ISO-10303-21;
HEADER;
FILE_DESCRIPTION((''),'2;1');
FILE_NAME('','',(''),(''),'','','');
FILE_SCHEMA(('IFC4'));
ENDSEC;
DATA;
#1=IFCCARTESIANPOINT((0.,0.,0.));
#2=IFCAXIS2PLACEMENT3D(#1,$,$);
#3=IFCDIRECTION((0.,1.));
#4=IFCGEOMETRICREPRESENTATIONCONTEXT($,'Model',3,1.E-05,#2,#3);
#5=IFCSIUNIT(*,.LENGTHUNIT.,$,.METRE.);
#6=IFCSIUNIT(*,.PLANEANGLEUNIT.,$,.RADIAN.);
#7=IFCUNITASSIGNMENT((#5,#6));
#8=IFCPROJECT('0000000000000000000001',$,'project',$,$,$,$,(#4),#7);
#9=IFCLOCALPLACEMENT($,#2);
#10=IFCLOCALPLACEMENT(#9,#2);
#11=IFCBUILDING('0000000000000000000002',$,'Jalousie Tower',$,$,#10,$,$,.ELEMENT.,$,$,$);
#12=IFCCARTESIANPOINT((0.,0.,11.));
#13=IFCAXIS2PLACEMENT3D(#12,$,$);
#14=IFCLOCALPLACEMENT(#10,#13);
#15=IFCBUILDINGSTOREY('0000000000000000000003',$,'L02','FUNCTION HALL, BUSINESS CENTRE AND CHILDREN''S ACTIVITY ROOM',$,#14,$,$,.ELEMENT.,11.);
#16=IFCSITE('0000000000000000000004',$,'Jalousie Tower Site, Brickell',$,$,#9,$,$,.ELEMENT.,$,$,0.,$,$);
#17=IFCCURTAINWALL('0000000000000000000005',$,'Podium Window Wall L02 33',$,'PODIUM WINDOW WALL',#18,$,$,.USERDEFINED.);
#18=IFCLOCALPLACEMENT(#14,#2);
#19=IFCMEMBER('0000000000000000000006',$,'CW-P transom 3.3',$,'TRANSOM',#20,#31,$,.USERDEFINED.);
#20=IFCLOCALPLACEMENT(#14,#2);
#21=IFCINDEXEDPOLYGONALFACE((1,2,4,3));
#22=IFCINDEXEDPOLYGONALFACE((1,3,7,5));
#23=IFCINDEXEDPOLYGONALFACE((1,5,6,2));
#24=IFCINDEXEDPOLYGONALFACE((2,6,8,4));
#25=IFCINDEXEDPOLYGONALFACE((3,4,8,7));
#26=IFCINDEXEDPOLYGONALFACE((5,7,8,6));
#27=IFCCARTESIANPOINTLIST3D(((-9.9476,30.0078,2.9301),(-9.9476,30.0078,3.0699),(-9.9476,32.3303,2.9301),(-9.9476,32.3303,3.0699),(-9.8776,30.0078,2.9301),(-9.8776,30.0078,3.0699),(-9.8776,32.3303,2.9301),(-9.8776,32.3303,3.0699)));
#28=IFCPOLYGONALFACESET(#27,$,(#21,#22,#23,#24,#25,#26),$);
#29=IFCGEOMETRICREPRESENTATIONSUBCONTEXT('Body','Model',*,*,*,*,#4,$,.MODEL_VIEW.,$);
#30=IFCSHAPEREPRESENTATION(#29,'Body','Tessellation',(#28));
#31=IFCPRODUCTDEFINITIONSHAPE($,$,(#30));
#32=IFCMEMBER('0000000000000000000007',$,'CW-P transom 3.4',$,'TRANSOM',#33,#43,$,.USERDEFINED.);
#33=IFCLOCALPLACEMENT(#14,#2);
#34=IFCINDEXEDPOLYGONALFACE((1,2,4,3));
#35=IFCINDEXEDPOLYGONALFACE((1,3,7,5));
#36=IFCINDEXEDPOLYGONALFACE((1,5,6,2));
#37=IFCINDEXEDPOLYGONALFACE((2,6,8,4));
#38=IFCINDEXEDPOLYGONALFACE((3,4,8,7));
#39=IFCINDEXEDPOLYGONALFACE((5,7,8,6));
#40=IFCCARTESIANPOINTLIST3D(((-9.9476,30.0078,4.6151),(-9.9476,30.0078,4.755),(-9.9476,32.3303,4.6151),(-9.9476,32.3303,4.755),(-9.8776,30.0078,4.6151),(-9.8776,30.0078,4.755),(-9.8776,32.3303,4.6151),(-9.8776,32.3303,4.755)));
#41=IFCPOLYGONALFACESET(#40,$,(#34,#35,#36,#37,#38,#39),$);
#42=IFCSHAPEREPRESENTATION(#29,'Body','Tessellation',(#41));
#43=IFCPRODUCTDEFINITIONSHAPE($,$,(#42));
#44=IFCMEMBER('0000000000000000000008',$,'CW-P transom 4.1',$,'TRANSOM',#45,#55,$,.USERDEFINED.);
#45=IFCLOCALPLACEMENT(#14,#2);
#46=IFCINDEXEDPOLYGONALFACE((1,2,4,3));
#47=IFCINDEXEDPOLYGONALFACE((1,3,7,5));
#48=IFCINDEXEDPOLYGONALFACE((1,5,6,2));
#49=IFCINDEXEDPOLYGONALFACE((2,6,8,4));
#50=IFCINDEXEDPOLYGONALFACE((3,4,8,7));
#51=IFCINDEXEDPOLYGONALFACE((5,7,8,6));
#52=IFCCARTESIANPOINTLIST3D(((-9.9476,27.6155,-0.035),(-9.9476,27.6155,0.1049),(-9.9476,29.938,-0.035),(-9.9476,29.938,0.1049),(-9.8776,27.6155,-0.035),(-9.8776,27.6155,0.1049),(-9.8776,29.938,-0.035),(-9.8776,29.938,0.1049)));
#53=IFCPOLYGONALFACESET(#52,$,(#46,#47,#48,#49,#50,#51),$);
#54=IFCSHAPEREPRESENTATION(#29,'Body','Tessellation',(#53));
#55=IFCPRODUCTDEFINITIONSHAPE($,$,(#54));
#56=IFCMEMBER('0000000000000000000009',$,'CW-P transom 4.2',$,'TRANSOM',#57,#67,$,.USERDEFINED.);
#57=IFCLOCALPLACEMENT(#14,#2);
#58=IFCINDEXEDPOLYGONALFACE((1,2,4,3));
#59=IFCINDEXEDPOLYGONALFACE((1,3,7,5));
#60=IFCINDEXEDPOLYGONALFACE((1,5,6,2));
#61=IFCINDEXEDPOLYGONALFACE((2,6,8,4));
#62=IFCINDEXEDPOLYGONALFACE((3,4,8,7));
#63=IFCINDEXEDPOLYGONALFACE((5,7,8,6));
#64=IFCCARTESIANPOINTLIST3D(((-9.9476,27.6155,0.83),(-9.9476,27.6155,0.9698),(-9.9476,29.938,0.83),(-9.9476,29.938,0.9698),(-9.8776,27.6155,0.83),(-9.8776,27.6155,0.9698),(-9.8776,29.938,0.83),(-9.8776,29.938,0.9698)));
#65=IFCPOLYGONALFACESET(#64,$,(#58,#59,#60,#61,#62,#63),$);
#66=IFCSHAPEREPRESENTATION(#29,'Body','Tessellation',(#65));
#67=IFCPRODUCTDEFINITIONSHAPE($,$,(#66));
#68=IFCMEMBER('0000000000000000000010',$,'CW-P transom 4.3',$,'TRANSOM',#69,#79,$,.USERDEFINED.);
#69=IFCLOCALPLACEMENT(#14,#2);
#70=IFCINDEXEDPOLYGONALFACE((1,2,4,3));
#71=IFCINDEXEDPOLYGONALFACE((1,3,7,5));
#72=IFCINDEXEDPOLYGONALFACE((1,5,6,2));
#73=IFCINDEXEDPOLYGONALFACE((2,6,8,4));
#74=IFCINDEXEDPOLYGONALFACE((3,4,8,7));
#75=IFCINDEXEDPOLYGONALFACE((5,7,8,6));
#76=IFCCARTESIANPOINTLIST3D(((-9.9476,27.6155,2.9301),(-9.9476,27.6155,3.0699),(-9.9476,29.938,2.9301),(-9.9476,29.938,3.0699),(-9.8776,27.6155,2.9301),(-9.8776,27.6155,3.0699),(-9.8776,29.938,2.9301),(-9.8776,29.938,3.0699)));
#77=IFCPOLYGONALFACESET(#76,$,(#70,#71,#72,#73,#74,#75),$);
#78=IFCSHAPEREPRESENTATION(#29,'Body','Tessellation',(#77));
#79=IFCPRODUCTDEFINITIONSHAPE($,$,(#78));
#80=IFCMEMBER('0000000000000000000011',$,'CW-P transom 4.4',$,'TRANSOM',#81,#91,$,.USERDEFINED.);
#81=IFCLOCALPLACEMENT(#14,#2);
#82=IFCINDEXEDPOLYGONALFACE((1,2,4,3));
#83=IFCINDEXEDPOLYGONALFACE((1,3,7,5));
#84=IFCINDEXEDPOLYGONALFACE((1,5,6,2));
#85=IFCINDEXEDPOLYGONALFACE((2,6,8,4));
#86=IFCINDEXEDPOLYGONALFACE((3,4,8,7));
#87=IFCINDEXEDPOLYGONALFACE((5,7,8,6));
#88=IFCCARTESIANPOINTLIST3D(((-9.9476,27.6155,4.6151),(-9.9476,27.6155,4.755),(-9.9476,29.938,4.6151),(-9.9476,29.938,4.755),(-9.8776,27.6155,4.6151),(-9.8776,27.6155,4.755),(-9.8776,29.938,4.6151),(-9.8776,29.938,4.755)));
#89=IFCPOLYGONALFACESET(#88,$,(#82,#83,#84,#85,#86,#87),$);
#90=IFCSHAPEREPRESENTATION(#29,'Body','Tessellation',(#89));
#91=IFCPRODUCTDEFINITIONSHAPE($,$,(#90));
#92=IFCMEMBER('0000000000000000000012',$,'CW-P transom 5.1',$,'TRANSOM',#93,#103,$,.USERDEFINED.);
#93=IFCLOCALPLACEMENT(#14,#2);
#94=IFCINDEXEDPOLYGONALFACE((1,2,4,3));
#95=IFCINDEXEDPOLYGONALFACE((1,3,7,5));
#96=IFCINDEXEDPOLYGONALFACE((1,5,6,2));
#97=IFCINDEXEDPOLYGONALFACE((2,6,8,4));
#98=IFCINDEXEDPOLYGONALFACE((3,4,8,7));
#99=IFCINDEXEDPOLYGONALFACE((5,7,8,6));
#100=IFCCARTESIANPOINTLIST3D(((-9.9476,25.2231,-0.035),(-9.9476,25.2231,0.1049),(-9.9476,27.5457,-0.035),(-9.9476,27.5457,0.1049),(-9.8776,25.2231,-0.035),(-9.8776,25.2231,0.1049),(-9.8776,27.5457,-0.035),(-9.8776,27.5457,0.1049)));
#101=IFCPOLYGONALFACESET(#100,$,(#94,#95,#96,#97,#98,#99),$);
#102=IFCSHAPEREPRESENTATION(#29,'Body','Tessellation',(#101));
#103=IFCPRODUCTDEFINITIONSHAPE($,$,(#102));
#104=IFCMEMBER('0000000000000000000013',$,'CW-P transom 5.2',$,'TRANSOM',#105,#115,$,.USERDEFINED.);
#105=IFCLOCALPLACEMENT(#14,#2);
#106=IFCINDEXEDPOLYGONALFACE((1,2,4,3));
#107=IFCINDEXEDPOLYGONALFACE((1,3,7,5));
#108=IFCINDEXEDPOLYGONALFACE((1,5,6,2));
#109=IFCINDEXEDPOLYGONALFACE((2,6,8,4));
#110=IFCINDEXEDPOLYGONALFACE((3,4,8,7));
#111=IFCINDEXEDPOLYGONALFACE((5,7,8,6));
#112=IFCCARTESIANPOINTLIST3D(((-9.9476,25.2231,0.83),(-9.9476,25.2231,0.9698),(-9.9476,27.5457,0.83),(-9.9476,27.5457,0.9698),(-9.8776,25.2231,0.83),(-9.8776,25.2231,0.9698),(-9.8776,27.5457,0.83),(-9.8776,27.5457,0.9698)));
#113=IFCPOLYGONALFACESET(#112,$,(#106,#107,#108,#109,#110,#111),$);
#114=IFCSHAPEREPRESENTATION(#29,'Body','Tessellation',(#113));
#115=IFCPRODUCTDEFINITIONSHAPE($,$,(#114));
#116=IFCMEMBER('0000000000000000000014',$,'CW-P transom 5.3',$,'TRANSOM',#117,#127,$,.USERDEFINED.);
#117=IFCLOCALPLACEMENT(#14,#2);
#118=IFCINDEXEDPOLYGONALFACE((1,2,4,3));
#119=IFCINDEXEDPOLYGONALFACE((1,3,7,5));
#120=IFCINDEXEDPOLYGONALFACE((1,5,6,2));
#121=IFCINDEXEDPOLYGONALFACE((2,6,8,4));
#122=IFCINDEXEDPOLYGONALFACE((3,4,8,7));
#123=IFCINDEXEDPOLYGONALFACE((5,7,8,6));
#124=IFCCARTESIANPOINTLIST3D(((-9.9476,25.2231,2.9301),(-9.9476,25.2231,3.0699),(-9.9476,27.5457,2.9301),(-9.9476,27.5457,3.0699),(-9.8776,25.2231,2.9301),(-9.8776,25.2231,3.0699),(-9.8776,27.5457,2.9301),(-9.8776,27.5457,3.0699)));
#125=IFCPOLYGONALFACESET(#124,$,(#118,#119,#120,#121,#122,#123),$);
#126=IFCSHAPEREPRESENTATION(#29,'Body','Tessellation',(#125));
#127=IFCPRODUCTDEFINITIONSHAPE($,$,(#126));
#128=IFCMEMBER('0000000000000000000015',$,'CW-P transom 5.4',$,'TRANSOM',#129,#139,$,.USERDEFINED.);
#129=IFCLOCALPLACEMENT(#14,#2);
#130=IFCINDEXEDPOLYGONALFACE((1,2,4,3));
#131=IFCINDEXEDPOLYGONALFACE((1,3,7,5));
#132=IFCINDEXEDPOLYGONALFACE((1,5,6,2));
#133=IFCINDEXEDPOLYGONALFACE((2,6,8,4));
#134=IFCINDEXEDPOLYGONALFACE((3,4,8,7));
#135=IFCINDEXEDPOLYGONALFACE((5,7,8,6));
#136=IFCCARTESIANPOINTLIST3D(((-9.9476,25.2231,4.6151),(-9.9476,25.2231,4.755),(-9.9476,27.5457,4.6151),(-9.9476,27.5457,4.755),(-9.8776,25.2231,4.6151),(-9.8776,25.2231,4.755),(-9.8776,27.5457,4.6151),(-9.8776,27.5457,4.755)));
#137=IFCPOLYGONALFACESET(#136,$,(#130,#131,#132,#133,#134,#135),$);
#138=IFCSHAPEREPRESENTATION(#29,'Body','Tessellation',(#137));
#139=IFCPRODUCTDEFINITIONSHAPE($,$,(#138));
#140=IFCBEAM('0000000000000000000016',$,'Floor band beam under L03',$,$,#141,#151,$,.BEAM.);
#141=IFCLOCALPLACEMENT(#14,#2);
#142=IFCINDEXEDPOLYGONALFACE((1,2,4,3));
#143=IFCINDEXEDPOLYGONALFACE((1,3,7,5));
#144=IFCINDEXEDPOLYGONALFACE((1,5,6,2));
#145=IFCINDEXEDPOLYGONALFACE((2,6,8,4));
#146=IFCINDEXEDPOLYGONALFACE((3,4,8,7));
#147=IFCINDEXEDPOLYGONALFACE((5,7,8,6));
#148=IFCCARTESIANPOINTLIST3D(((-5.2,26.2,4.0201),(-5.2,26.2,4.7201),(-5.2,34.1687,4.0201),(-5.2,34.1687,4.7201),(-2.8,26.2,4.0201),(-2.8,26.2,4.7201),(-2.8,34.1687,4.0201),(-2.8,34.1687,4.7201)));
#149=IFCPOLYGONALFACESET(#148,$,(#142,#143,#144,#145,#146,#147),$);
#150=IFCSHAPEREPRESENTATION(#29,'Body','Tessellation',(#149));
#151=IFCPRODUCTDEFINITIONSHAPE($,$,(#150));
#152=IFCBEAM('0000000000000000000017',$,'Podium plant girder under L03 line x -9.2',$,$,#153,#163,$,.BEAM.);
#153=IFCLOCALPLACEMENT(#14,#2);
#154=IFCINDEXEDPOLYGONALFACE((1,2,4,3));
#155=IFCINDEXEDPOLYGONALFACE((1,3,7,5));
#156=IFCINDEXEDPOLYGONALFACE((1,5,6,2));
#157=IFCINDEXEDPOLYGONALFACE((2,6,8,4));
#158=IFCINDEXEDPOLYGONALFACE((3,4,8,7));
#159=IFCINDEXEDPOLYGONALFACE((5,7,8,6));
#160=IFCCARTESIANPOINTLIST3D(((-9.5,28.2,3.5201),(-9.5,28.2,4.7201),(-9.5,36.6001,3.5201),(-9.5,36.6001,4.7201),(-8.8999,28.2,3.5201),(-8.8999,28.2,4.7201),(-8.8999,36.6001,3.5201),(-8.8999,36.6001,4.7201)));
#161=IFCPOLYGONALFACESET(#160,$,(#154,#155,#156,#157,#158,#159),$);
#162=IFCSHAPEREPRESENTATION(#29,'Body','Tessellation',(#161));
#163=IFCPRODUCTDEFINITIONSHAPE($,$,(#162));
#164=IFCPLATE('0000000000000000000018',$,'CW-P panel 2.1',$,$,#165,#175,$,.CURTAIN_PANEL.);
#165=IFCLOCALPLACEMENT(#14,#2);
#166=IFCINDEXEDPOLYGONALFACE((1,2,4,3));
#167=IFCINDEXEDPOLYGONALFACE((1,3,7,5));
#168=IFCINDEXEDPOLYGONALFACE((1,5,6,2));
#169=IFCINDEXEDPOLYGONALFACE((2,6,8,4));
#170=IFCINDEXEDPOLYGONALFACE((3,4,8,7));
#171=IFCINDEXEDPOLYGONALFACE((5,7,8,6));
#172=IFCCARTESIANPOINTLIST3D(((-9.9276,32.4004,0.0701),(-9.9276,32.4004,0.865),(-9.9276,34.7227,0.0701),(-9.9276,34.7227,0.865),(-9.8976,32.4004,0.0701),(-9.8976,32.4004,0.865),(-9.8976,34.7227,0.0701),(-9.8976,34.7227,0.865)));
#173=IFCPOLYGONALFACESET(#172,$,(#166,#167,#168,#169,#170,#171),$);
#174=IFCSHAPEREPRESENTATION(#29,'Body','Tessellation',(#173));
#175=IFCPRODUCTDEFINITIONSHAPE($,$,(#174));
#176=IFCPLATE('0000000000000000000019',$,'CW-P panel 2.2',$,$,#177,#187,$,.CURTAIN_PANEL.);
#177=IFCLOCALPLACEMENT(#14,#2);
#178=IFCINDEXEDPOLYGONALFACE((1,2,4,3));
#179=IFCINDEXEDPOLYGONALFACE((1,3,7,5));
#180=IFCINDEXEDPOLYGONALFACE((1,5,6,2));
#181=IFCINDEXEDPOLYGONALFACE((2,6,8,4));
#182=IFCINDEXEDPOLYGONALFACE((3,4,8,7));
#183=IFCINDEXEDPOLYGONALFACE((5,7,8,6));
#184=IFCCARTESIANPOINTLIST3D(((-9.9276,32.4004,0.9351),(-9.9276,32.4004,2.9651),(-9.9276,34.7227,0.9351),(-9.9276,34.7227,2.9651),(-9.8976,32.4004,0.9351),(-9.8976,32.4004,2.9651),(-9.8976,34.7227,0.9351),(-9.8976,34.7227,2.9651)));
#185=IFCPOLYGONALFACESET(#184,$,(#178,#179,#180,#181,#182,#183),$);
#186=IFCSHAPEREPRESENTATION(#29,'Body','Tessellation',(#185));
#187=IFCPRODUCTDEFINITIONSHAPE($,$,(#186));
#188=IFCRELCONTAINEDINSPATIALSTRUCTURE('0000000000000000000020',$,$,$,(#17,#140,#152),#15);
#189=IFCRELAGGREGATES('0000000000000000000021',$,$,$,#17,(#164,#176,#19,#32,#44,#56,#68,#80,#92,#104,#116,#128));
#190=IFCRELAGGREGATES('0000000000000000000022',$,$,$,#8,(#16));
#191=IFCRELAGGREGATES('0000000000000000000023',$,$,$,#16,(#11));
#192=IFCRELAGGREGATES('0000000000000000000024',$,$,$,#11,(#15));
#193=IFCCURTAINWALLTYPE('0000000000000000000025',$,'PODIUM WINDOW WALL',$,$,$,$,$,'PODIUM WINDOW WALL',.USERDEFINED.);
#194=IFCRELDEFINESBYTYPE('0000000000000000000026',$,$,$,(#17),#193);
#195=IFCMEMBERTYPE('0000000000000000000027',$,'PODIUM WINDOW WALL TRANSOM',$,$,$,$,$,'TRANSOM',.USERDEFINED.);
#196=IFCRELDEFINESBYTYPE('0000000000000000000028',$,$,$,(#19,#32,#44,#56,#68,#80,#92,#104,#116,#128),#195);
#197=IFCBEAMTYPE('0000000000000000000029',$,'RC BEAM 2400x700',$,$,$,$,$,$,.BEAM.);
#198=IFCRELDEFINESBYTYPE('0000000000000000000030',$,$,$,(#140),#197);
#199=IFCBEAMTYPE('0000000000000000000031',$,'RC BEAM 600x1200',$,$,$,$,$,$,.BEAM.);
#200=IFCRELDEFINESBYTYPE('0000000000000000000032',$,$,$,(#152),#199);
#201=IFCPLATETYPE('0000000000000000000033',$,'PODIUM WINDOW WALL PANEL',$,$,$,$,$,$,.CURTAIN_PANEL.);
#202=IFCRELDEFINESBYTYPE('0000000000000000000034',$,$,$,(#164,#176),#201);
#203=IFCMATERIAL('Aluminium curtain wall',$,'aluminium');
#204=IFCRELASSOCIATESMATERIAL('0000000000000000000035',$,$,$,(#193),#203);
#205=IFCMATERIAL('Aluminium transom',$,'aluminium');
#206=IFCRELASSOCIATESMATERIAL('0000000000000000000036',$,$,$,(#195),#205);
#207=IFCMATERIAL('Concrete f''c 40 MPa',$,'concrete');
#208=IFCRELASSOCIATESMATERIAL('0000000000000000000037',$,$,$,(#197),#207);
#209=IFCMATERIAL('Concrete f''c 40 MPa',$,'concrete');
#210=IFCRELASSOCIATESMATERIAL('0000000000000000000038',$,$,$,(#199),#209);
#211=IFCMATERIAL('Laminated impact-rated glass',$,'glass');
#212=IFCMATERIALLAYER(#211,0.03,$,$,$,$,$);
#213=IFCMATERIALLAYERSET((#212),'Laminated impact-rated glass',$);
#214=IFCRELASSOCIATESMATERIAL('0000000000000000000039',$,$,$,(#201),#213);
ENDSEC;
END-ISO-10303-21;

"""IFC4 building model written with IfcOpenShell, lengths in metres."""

from ifc_helpers import new_model, si_unit, direction, frame, origin, origin_2d, place, context, subcontext, project, spatial, rectangle, extrude, material, layer, layer_set, material_profile, profile_set, type_object, element, aggregate, save


model = new_model("IFC4")

# Units and contexts
model_context = context("Model", 3, precision=1e-05, world=origin(), true_north=direction((0.0, 1.0)))
body_context = subcontext(model_context, "Body", "Model", "MODEL_VIEW")
ifc_project = project(units=[si_unit("LENGTHUNIT", "METRE"), si_unit("PLANEANGLEUNIT", "RADIAN")], contexts=[model_context])

# Site, building, storey
site_placement = place(None, origin())
site = spatial("IfcSite", under=ifc_project, at=site_placement, Name="Jalousie Tower Site, Brickell", CompositionType="ELEMENT", RefElevation=0.0)
building_placement = place(site_placement, origin())
building = spatial("IfcBuilding", under=site, at=building_placement, Name="Jalousie Tower", CompositionType="ELEMENT")
storey_placement = place(building_placement, frame((0.0, 0.0, 11.0)))
storey = spatial("IfcBuildingStorey", under=building, at=storey_placement, Name="L02", Description="FUNCTION HALL, BUSINESS CENTRE AND CHILDREN'S ACTIVITY ROOM", CompositionType="ELEMENT", Elevation=11.0)

# Curtain wall, members
ifc_material_1 = material(Name="Aluminium curtain wall", Category="aluminium")
curtain_wall_type = type_object("IfcCurtainWallType", Name="PODIUM WINDOW WALL", ElementType="PODIUM WINDOW WALL", PredefinedType="USERDEFINED", material=ifc_material_1)
curtain_wall_placement = place(storey_placement, origin())
curtain_wall = element("IfcCurtainWall", 1, at=curtain_wall_placement, inside=storey, type_object=curtain_wall_type, Name="Podium Window Wall L02 33", ObjectType="PODIUM WINDOW WALL", PredefinedType="USERDEFINED")
ifc_material_2 = material(Name="Aluminium transom", Category="aluminium")
ifc_material_profile_1 = material_profile(ifc_material_2, rectangle(XDim=0.0701, YDim=0.1399, at=origin_2d()), Name="TRANSOM 70x140")
ifc_profile_set_1 = profile_set([ifc_material_profile_1], Name="Aluminium transom")
member_type_1 = type_object("IfcMemberType", Name="PODIUM WINDOW WALL TRANSOM", ElementType="TRANSOM", PredefinedType="USERDEFINED", material=ifc_profile_set_1)
member_1_placement = place(storey_placement, frame((-9.9126, 32.3303, 3.0), z_axis=(0.0, -1.0, 0.0), x_axis=(1.0, 0.0, 0.0)))
member_1 = element("IfcMember", 2, at=member_1_placement, type_object=member_type_1, Name="CW-P transom 3.3", ObjectType="TRANSOM", PredefinedType="USERDEFINED", context=body_context, shape_type="SweptSolid", body=[
    extrude(rectangle(XDim=0.0701, YDim=0.1399, at=origin_2d()), origin(), (0.0, 0.0, 1.0), 2.3225),
])
member_2_placement = place(storey_placement, frame((-9.9126, 32.3303, 4.6851), z_axis=(0.0, -1.0, 0.0), x_axis=(1.0, 0.0, 0.0)))
member_2 = element("IfcMember", 3, at=member_2_placement, type_object=member_type_1, Name="CW-P transom 3.4", ObjectType="TRANSOM", PredefinedType="USERDEFINED", context=body_context, shape_type="SweptSolid", body=[
    extrude(rectangle(XDim=0.0701, YDim=0.1399, at=origin_2d()), origin(), (0.0, 0.0, 1.0), 2.3225),
])
member_3_placement = place(storey_placement, frame((-9.9126, 29.938, 0.0349), z_axis=(0.0, -1.0, 0.0), x_axis=(1.0, 0.0, 0.0)))
member_3 = element("IfcMember", 4, at=member_3_placement, type_object=member_type_1, Name="CW-P transom 4.1", ObjectType="TRANSOM", PredefinedType="USERDEFINED", context=body_context, shape_type="SweptSolid", body=[
    extrude(rectangle(XDim=0.0701, YDim=0.1399, at=origin_2d()), origin(), (0.0, 0.0, 1.0), 2.3225),
])
member_4_placement = place(storey_placement, frame((-9.9126, 29.938, 0.8999), z_axis=(0.0, -1.0, 0.0), x_axis=(1.0, 0.0, 0.0)))
member_4 = element("IfcMember", 5, at=member_4_placement, type_object=member_type_1, Name="CW-P transom 4.2", ObjectType="TRANSOM", PredefinedType="USERDEFINED", context=body_context, shape_type="SweptSolid", body=[
    extrude(rectangle(XDim=0.0701, YDim=0.1399, at=origin_2d()), origin(), (0.0, 0.0, 1.0), 2.3225),
])
member_5_placement = place(storey_placement, frame((-9.9126, 29.938, 3.0), z_axis=(0.0, -1.0, 0.0), x_axis=(1.0, 0.0, 0.0)))
member_5 = element("IfcMember", 6, at=member_5_placement, type_object=member_type_1, Name="CW-P transom 4.3", ObjectType="TRANSOM", PredefinedType="USERDEFINED", context=body_context, shape_type="SweptSolid", body=[
    extrude(rectangle(XDim=0.0701, YDim=0.1399, at=origin_2d()), origin(), (0.0, 0.0, 1.0), 2.3225),
])
member_6_placement = place(storey_placement, frame((-9.9126, 29.938, 4.6851), z_axis=(0.0, -1.0, 0.0), x_axis=(1.0, 0.0, 0.0)))
member_6 = element("IfcMember", 7, at=member_6_placement, type_object=member_type_1, Name="CW-P transom 4.4", ObjectType="TRANSOM", PredefinedType="USERDEFINED", context=body_context, shape_type="SweptSolid", body=[
    extrude(rectangle(XDim=0.0701, YDim=0.1399, at=origin_2d()), origin(), (0.0, 0.0, 1.0), 2.3225),
])
member_7_placement = place(storey_placement, frame((-9.9126, 27.5457, 0.0349), z_axis=(0.0, -1.0, 0.0), x_axis=(1.0, 0.0, 0.0)))
member_7 = element("IfcMember", 8, at=member_7_placement, type_object=member_type_1, Name="CW-P transom 5.1", ObjectType="TRANSOM", PredefinedType="USERDEFINED", context=body_context, shape_type="SweptSolid", body=[
    extrude(rectangle(XDim=0.0701, YDim=0.1399, at=origin_2d()), origin(), (0.0, 0.0, 1.0), 2.3225),
])
member_8_placement = place(storey_placement, frame((-9.9126, 27.5457, 0.8999), z_axis=(0.0, -1.0, 0.0), x_axis=(1.0, 0.0, 0.0)))
member_8 = element("IfcMember", 9, at=member_8_placement, type_object=member_type_1, Name="CW-P transom 5.2", ObjectType="TRANSOM", PredefinedType="USERDEFINED", context=body_context, shape_type="SweptSolid", body=[
    extrude(rectangle(XDim=0.0701, YDim=0.1399, at=origin_2d()), origin(), (0.0, 0.0, 1.0), 2.3225),
])
member_9_placement = place(storey_placement, frame((-9.9126, 27.5457, 3.0), z_axis=(0.0, -1.0, 0.0), x_axis=(1.0, 0.0, 0.0)))
member_9 = element("IfcMember", 10, at=member_9_placement, type_object=member_type_1, Name="CW-P transom 5.3", ObjectType="TRANSOM", PredefinedType="USERDEFINED", context=body_context, shape_type="SweptSolid", body=[
    extrude(rectangle(XDim=0.0701, YDim=0.1399, at=origin_2d()), origin(), (0.0, 0.0, 1.0), 2.3225),
])
member_10_placement = place(storey_placement, frame((-9.9126, 27.5457, 4.6851), z_axis=(0.0, -1.0, 0.0), x_axis=(1.0, 0.0, 0.0)))
member_10 = element("IfcMember", 11, at=member_10_placement, type_object=member_type_1, Name="CW-P transom 5.4", ObjectType="TRANSOM", PredefinedType="USERDEFINED", context=body_context, shape_type="SweptSolid", body=[
    extrude(rectangle(XDim=0.0701, YDim=0.1399, at=origin_2d()), origin(), (0.0, 0.0, 1.0), 2.3225),
])

# Beams
ifc_material_3 = material(Name="Concrete f'c 40 MPa", Category="concrete")
ifc_material_profile_2 = material_profile(ifc_material_3, rectangle(XDim=2.3999, YDim=0.7, at=origin_2d()), Name="RC 2400x700")
ifc_profile_set_2 = profile_set([ifc_material_profile_2], Name="Concrete f'c 40 MPa")
beam_type_1 = type_object("IfcBeamType", Name="RC BEAM 2400x700", PredefinedType="BEAM", material=ifc_profile_set_2)
beam_1_placement = place(storey_placement, frame((-4.0, 26.2, 4.3701), z_axis=(0.0, 1.0, 0.0), x_axis=(-1.0, 0.0, 0.0)))
element("IfcBeam", 12, at=beam_1_placement, inside=storey, type_object=beam_type_1, Name="Floor band beam under L03", PredefinedType="BEAM", context=body_context, shape_type="SweptSolid", body=[
    extrude(rectangle(XDim=2.3999, YDim=0.7, at=origin_2d()), origin(), (0.0, 0.0, 1.0), 7.9688),
])
ifc_material_4 = material(Name="Concrete f'c 40 MPa", Category="concrete")
ifc_material_profile_3 = material_profile(ifc_material_4, rectangle(XDim=0.6001, YDim=1.2, at=origin_2d()), Name="RC 600x1200")
ifc_profile_set_3 = profile_set([ifc_material_profile_3], Name="Concrete f'c 40 MPa")
beam_type_2 = type_object("IfcBeamType", Name="RC BEAM 600x1200", PredefinedType="BEAM", material=ifc_profile_set_3)
beam_2_placement = place(storey_placement, frame((-9.2, 28.2, 4.1201), z_axis=(0.0, 1.0, 0.0), x_axis=(-1.0, 0.0, 0.0)))
element("IfcBeam", 13, at=beam_2_placement, inside=storey, type_object=beam_type_2, Name="Podium plant girder under L03 line x -9.2", PredefinedType="BEAM", context=body_context, shape_type="SweptSolid", body=[
    extrude(rectangle(XDim=0.6001, YDim=1.2, at=origin_2d()), origin(), (0.0, 0.0, 1.0), 8.4001),
])

# Plates
ifc_material_5 = material(Name="Laminated impact-rated glass", Category="glass")
ifc_layer = layer(ifc_material_5, 0.03)
ifc_layer_set = layer_set([ifc_layer], Name="Laminated impact-rated glass")
plate_type = type_object("IfcPlateType", Name="PODIUM WINDOW WALL PANEL", PredefinedType="CURTAIN_PANEL", material=ifc_layer_set)
plate_1_placement = place(storey_placement, frame((-9.9126, 33.5615, 0.0701), z_axis=(0.0, 0.0, 1.0), x_axis=(0.0, -1.0, 0.0)))
plate_1 = element("IfcPlate", 14, at=plate_1_placement, type_object=plate_type, Name="CW-P panel 2.1", PredefinedType="CURTAIN_PANEL", context=body_context, shape_type="SweptSolid", body=[
    extrude(rectangle(XDim=2.3223, YDim=0.03, at=origin_2d()), origin(), (0.0, 0.0, 1.0), 0.7949),
])
plate_2_placement = place(storey_placement, frame((-9.9126, 33.5615, 0.9351), z_axis=(0.0, 0.0, 1.0), x_axis=(0.0, -1.0, 0.0)))
plate_2 = element("IfcPlate", 15, at=plate_2_placement, type_object=plate_type, Name="CW-P panel 2.2", PredefinedType="CURTAIN_PANEL", context=body_context, shape_type="SweptSolid", body=[
    extrude(rectangle(XDim=2.3223, YDim=0.03, at=origin_2d()), origin(), (0.0, 0.0, 1.0), 2.03),
])
aggregate(curtain_wall, [plate_1, plate_2, member_1, member_2, member_3, member_4, member_5, member_6, member_7, member_8, member_9, member_10])

save(model, "model.ifc")
